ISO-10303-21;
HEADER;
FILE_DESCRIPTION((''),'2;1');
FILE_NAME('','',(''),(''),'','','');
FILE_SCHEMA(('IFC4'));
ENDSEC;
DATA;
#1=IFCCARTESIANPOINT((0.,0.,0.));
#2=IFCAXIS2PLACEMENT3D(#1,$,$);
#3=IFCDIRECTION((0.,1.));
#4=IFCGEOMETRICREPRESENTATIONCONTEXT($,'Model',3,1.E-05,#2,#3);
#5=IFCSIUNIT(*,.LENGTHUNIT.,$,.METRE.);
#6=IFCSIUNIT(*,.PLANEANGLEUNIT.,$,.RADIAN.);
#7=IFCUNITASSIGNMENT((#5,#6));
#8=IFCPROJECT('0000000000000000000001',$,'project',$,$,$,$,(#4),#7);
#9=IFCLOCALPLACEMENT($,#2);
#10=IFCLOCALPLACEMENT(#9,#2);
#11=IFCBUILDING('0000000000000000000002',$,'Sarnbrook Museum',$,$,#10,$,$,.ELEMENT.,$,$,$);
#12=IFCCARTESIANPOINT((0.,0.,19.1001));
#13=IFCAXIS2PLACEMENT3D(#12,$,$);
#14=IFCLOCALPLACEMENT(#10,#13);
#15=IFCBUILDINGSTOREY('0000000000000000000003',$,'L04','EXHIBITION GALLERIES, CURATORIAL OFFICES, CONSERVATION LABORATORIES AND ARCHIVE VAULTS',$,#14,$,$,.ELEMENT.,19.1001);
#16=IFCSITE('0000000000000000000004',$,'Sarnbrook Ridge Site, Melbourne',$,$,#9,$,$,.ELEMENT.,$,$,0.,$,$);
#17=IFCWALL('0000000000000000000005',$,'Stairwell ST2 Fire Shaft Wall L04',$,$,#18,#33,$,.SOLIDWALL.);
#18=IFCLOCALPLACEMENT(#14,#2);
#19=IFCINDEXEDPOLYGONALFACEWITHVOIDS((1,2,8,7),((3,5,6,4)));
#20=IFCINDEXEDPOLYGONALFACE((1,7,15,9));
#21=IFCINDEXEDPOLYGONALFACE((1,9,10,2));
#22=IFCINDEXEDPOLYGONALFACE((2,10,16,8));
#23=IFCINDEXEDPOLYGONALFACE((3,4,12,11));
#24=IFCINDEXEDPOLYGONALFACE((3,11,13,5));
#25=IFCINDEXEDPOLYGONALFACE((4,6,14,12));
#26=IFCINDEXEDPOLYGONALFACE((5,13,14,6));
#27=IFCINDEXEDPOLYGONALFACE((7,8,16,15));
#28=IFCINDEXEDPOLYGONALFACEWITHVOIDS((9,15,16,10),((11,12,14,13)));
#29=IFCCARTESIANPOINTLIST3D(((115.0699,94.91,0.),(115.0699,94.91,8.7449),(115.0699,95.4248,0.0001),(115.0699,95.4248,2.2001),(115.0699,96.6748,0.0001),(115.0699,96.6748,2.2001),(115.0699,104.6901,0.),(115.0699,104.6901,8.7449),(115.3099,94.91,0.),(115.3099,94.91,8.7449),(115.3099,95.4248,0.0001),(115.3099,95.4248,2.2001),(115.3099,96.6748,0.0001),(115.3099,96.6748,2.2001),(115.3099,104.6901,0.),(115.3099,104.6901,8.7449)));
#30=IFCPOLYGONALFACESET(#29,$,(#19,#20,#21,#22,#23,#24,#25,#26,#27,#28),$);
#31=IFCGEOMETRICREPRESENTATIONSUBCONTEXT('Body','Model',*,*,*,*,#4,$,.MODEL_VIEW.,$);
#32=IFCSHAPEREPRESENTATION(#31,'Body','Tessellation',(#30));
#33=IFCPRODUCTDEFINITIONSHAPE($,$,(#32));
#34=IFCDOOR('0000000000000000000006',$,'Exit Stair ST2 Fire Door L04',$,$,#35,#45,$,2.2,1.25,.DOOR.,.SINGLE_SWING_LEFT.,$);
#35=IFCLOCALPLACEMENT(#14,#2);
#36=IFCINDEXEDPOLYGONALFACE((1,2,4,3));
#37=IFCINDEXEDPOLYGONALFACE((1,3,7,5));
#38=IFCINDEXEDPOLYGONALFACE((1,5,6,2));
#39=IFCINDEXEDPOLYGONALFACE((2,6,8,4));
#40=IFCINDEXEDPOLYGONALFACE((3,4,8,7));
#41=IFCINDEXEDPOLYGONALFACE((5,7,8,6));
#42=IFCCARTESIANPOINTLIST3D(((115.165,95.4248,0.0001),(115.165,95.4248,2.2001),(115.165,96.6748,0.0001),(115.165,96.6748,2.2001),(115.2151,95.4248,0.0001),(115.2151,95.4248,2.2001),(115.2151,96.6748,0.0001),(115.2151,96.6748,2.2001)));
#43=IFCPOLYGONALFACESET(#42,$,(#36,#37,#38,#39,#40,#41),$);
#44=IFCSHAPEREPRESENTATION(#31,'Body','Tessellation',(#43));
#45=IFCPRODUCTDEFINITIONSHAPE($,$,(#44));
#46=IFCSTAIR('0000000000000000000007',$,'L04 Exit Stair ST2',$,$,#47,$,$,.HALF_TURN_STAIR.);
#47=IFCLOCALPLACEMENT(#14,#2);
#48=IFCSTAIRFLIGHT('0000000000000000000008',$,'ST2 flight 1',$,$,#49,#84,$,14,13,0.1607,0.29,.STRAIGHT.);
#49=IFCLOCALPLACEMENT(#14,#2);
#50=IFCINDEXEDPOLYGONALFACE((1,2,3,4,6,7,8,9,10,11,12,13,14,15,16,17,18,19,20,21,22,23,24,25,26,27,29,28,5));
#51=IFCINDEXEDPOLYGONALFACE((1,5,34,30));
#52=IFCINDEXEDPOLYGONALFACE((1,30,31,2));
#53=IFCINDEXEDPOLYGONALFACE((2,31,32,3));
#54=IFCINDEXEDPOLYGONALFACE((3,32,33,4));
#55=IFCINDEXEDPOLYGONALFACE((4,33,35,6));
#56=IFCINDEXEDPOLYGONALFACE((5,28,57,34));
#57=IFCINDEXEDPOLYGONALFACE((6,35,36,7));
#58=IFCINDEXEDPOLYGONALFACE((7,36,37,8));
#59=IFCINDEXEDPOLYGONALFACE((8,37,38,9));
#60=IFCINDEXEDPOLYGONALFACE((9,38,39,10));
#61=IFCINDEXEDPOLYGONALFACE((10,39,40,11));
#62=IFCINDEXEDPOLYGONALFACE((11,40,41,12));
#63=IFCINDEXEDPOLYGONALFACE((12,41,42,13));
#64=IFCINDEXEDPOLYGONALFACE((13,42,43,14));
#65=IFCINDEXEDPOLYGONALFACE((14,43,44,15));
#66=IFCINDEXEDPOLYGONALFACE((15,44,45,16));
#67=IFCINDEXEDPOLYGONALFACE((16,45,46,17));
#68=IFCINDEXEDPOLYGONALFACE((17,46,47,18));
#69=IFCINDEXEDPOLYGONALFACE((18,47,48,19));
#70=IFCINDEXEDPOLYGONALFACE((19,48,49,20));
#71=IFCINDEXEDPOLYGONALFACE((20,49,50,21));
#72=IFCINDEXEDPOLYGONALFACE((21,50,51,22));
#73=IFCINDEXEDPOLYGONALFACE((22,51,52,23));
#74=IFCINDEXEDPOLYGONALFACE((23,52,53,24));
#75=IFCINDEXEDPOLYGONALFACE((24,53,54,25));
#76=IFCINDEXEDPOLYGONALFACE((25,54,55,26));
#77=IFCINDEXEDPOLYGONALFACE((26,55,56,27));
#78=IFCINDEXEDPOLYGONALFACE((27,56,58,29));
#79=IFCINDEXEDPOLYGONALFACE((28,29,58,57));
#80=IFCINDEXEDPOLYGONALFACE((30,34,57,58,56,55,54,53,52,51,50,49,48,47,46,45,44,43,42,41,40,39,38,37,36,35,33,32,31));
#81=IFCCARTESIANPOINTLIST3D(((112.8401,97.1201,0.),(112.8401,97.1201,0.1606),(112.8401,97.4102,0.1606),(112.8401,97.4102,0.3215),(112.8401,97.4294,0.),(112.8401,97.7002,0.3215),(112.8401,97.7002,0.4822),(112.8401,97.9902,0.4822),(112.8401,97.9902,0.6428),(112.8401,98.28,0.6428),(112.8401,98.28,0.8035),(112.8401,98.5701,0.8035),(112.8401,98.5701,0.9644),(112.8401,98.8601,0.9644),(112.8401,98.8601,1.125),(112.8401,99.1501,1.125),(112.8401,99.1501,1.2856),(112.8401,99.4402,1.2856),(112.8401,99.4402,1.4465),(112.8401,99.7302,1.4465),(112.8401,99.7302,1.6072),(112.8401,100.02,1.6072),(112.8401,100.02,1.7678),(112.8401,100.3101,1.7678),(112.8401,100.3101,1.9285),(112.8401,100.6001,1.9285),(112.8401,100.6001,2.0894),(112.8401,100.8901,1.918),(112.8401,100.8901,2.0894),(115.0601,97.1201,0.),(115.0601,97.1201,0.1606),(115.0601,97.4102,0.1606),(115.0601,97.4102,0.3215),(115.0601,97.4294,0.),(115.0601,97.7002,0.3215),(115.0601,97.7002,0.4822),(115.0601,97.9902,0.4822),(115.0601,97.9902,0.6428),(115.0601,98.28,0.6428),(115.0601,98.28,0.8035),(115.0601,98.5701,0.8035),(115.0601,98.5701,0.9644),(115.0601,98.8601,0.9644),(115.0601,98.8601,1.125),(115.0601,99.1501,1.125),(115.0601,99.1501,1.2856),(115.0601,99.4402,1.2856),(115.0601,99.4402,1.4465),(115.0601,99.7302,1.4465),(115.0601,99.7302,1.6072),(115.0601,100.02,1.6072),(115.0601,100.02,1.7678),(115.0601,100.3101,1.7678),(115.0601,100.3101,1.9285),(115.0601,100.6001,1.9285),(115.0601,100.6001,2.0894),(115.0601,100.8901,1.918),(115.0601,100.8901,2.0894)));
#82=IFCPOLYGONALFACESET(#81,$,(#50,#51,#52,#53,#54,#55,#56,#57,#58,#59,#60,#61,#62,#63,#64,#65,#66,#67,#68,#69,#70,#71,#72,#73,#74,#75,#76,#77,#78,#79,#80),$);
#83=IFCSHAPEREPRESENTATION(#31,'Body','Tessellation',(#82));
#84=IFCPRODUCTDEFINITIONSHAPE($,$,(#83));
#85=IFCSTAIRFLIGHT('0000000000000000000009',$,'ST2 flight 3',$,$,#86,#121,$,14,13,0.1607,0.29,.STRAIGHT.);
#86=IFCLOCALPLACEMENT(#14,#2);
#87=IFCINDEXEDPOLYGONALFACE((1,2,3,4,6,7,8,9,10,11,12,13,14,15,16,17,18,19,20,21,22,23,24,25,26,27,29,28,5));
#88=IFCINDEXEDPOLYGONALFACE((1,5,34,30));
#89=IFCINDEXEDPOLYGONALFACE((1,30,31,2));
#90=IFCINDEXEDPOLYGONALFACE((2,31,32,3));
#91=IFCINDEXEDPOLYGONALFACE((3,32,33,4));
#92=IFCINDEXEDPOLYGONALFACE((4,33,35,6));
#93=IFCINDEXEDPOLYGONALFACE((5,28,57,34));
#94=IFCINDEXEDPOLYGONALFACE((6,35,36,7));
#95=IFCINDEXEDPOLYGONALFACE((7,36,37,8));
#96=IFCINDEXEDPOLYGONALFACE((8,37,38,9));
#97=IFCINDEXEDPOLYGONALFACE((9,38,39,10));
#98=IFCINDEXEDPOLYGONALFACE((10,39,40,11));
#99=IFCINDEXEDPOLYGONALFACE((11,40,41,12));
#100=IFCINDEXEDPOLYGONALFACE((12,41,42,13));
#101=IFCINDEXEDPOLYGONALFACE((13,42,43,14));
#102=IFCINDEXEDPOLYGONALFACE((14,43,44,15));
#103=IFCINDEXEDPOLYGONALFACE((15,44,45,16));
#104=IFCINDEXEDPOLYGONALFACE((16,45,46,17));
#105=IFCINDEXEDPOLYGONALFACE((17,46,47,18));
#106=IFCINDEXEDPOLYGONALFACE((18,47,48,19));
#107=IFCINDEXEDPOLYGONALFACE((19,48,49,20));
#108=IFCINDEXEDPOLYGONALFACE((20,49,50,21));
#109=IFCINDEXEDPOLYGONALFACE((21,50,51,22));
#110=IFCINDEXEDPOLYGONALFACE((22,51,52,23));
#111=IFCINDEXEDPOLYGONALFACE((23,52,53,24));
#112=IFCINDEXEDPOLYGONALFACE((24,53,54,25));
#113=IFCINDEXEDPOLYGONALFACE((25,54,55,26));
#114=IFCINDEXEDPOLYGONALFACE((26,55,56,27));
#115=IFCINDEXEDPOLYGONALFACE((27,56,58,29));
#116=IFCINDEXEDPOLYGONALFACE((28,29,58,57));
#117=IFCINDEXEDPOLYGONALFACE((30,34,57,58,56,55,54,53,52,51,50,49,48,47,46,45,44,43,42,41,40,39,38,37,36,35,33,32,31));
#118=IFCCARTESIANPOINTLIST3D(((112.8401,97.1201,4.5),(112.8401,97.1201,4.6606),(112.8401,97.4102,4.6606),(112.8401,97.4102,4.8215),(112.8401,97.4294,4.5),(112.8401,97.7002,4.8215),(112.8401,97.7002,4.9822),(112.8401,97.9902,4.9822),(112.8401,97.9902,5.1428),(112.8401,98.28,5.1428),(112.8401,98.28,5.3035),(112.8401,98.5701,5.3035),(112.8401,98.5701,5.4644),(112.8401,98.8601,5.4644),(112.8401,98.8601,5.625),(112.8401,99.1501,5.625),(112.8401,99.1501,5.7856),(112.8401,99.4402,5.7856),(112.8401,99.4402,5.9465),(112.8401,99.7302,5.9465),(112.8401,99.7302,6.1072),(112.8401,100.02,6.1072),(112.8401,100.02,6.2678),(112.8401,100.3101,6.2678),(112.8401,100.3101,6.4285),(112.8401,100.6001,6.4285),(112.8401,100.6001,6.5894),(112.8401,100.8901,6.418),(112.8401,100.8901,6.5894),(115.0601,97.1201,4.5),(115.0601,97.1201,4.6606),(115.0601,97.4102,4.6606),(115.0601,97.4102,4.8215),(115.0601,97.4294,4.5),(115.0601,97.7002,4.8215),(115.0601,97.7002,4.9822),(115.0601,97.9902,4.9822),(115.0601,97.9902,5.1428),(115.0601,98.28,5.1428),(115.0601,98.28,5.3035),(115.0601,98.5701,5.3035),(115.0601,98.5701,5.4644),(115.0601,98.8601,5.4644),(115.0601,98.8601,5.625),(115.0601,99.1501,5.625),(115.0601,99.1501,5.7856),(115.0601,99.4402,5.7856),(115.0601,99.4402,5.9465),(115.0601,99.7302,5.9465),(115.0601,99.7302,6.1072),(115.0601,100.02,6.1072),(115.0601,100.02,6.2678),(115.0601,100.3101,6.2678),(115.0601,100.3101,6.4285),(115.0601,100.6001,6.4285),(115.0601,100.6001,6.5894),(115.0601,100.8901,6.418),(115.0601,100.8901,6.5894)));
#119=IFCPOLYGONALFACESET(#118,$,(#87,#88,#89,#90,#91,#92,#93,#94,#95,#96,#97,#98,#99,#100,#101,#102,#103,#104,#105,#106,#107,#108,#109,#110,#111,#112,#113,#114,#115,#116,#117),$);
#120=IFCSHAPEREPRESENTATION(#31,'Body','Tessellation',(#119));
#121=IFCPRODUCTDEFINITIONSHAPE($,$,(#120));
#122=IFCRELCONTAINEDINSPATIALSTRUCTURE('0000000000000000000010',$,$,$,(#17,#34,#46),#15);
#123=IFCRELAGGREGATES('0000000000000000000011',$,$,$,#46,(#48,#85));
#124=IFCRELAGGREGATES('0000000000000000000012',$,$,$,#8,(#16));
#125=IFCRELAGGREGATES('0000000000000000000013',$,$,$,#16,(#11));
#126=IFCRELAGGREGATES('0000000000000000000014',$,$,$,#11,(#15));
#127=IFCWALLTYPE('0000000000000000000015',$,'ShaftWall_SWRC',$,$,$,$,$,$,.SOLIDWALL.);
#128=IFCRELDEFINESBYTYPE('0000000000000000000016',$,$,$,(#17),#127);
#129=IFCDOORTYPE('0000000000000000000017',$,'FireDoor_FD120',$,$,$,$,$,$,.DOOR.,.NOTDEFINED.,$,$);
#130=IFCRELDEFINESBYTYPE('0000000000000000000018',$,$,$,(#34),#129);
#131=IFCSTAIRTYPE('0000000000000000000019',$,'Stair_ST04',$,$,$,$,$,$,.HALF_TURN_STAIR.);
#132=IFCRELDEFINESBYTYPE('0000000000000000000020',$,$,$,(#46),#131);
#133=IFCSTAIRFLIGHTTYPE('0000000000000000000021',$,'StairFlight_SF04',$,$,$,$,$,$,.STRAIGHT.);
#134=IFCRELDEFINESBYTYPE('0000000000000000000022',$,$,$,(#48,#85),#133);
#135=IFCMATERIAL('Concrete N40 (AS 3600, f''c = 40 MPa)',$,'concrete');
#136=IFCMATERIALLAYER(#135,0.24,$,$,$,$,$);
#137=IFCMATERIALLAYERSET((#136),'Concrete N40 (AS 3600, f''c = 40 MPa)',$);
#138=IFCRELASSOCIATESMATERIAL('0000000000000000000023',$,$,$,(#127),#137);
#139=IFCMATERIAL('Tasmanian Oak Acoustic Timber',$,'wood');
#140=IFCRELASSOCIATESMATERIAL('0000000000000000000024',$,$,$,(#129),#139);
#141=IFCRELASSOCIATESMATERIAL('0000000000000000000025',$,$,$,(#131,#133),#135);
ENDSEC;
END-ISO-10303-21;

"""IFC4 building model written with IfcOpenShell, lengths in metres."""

from ifc_helpers import new_model, si_unit, direction, frame, frame_2d, origin, place, context, subcontext, project, spatial, polyline, rectangle, outline, extrude, material, layer, layer_set, type_object, element, fill, aggregate, save


model = new_model("IFC4")

# Units and contexts
model_context = context("Model", 3, precision=1e-05, world=origin(), true_north=direction((0.0, 1.0)))
body_context = subcontext(model_context, "Body", "Model", "MODEL_VIEW")
ifc_project = project(units=[si_unit("LENGTHUNIT", "METRE"), si_unit("PLANEANGLEUNIT", "RADIAN")], contexts=[model_context])

# Site, building, storey
site_placement = place(None, origin())
site = spatial("IfcSite", under=ifc_project, at=site_placement, Name="Sarnbrook Ridge Site, Melbourne", CompositionType="ELEMENT", RefElevation=0.0)
building_placement = place(site_placement, origin())
building = spatial("IfcBuilding", under=site, at=building_placement, Name="Sarnbrook Museum", CompositionType="ELEMENT")
storey_placement = place(building_placement, frame((0.0, 0.0, 19.1001)))
storey = spatial("IfcBuildingStorey", under=building, at=storey_placement, Name="L04", Description="EXHIBITION GALLERIES, CURATORIAL OFFICES, CONSERVATION LABORATORIES AND ARCHIVE VAULTS", CompositionType="ELEMENT", Elevation=19.1001)

# Shared definitions
ifc_material_1 = material(Name="Tasmanian Oak Acoustic Timber", Category="wood")

# Wall, opening, door
ifc_material_2 = material(Name="Concrete N40 (AS 3600, f'c = 40 MPa)", Category="concrete")
ifc_layer_1 = layer(ifc_material_2, 0.24)
ifc_layer_set_1 = layer_set([ifc_layer_1], Name="Concrete N40 (AS 3600, f'c = 40 MPa)")
wall_type_1 = type_object("IfcWallType", Name="ShaftWall_SWRC", PredefinedType="SOLIDWALL", material=ifc_layer_set_1)
wall_1_placement = place(storey_placement, frame((115.1899, 94.9099, 0.0), z_axis=(0.0, 0.0, 1.0), x_axis=(0.0, 1.0, 0.0)))
wall_1 = element("IfcWall", 1, at=wall_1_placement, inside=storey, type_object=wall_type_1, Name="Stairwell ST2 Fire Shaft Wall L04", PredefinedType="SOLIDWALL", context=body_context, shape_type="SweptSolid", body=[
    extrude(rectangle(XDim=9.78, YDim=0.24, at=frame_2d((4.8901, 0.0))), origin(), (0.0, 0.0, 1.0), 8.7449),
])
opening_1_placement = place(wall_1_placement, frame((0.5149, 0.0, 0.0)))
opening_1 = element("IfcOpeningElement", 2, at=opening_1_placement, cuts=wall_1, PredefinedType="OPENING", context=body_context, shape_type="SweptSolid", body=[
    extrude(rectangle(XDim=1.25, YDim=2.2, at=frame_2d((0.625, 1.1001))), frame((0.0, 0.1299, 0.0), z_axis=(0.0, -1.0, 0.0), x_axis=(1.0, 0.0, 0.0)), (0.0, 0.0, 1.0), 0.26),
])
door_type_1 = type_object("IfcDoorType", Name="FireDoor_FD120", OperationType="NOTDEFINED", PredefinedType="DOOR", material=ifc_material_1)
door_1_placement = place(opening_1_placement, origin())
door_1 = element("IfcDoor", 3, at=door_1_placement, inside=storey, type_object=door_type_1, Name="Exit Stair ST2 Fire Door L04", OperationType="SINGLE_SWING_LEFT", OverallHeight=2.2, OverallWidth=1.25, PredefinedType="DOOR", context=body_context, shape_type="SweptSolid", body=[
    extrude(rectangle(XDim=1.25, YDim=2.2, at=frame_2d((0.625, 1.1001))), frame((0.0, 0.0249, 0.0), z_axis=(0.0, -1.0, 0.0), x_axis=(1.0, 0.0, 0.0)), (0.0, 0.0, 1.0), 0.05),
])
fill(opening_1, door_1)

# Stair, stair flights
stair_type = type_object("IfcStairType", Name="Stair_ST04", PredefinedType="HALF_TURN_STAIR", material=ifc_material_2)
stair_placement = place(storey_placement, origin())
stair = element("IfcStair", 4, at=stair_placement, inside=storey, type_object=stair_type, Name="L04 Exit Stair ST2", PredefinedType="HALF_TURN_STAIR")
stair_flight_type = type_object("IfcStairFlightType", Name="StairFlight_SF04", PredefinedType="STRAIGHT", material=ifc_material_2)
stair_flight_1_placement = place(storey_placement, frame((113.95, 97.1201, 0.0), z_axis=(0.0, 0.0, 1.0), x_axis=(0.0, 1.0, 0.0)))
stair_flight_1 = element("IfcStairFlight", 5, at=stair_flight_1_placement, type_object=stair_flight_type, Name="ST2 flight 1", NumberOfRisers=14, NumberOfTreads=13, PredefinedType="STRAIGHT", RiserHeight=0.1607, TreadLength=0.29, context=body_context, shape_type="SweptSolid", body=[
    extrude(outline(polyline([(0.0, 0.0), (0.0, 0.1606), (0.29, 0.1606), (0.29, 0.3215), (0.5801, 0.3215), (0.5801, 0.4822), (0.8701, 0.4822), (0.8701, 0.6428), (1.1599, 0.6428), (1.1599, 0.8035), (1.45, 0.8035), (1.45, 0.9644), (1.74, 0.9644), (1.74, 1.125), (2.03, 1.125), (2.03, 1.2856), (2.3201, 1.2856), (2.3201, 1.4465), (2.6101, 1.4465), (2.6101, 1.6072), (2.8999, 1.6072), (2.8999, 1.7678), (3.1899, 1.7678), (3.1899, 1.9285), (3.48, 1.9285), (3.48, 2.0894), (3.77, 2.0894), (3.77, 2.25), (3.77, 1.918), (0.3093, 0.0), (0.0, 0.0)])), frame((0.0, 1.1099, 0.0), z_axis=(0.0, -1.0, 0.0), x_axis=(1.0, 0.0, 0.0)), (0.0, 0.0, 1.0), 2.22),
])
stair_flight_2_placement = place(storey_placement, frame((113.95, 97.1201, 4.5), z_axis=(0.0, 0.0, 1.0), x_axis=(0.0, 1.0, 0.0)))
stair_flight_2 = element("IfcStairFlight", 6, at=stair_flight_2_placement, type_object=stair_flight_type, Name="ST2 flight 3", NumberOfRisers=14, NumberOfTreads=13, PredefinedType="STRAIGHT", RiserHeight=0.1607, TreadLength=0.29, context=body_context, shape_type="SweptSolid", body=[
    extrude(outline(polyline([(0.0, 0.0), (0.0, 0.1606), (0.29, 0.1606), (0.29, 0.3215), (0.5801, 0.3215), (0.5801, 0.4822), (0.8701, 0.4822), (0.8701, 0.6428), (1.1599, 0.6428), (1.1599, 0.8035), (1.45, 0.8035), (1.45, 0.9644), (1.74, 0.9644), (1.74, 1.125), (2.03, 1.125), (2.03, 1.2856), (2.3201, 1.2856), (2.3201, 1.4465), (2.6101, 1.4465), (2.6101, 1.6072), (2.8999, 1.6072), (2.8999, 1.7678), (3.1899, 1.7678), (3.1899, 1.9285), (3.48, 1.9285), (3.48, 2.0894), (3.77, 2.0894), (3.77, 2.25), (3.77, 1.918), (0.3093, 0.0), (0.0, 0.0)])), frame((0.0, 1.1099, 0.0), z_axis=(0.0, -1.0, 0.0), x_axis=(1.0, 0.0, 0.0)), (0.0, 0.0, 1.0), 2.22),
])
aggregate(stair, [stair_flight_1, stair_flight_2])

save(model, "model.ifc")
